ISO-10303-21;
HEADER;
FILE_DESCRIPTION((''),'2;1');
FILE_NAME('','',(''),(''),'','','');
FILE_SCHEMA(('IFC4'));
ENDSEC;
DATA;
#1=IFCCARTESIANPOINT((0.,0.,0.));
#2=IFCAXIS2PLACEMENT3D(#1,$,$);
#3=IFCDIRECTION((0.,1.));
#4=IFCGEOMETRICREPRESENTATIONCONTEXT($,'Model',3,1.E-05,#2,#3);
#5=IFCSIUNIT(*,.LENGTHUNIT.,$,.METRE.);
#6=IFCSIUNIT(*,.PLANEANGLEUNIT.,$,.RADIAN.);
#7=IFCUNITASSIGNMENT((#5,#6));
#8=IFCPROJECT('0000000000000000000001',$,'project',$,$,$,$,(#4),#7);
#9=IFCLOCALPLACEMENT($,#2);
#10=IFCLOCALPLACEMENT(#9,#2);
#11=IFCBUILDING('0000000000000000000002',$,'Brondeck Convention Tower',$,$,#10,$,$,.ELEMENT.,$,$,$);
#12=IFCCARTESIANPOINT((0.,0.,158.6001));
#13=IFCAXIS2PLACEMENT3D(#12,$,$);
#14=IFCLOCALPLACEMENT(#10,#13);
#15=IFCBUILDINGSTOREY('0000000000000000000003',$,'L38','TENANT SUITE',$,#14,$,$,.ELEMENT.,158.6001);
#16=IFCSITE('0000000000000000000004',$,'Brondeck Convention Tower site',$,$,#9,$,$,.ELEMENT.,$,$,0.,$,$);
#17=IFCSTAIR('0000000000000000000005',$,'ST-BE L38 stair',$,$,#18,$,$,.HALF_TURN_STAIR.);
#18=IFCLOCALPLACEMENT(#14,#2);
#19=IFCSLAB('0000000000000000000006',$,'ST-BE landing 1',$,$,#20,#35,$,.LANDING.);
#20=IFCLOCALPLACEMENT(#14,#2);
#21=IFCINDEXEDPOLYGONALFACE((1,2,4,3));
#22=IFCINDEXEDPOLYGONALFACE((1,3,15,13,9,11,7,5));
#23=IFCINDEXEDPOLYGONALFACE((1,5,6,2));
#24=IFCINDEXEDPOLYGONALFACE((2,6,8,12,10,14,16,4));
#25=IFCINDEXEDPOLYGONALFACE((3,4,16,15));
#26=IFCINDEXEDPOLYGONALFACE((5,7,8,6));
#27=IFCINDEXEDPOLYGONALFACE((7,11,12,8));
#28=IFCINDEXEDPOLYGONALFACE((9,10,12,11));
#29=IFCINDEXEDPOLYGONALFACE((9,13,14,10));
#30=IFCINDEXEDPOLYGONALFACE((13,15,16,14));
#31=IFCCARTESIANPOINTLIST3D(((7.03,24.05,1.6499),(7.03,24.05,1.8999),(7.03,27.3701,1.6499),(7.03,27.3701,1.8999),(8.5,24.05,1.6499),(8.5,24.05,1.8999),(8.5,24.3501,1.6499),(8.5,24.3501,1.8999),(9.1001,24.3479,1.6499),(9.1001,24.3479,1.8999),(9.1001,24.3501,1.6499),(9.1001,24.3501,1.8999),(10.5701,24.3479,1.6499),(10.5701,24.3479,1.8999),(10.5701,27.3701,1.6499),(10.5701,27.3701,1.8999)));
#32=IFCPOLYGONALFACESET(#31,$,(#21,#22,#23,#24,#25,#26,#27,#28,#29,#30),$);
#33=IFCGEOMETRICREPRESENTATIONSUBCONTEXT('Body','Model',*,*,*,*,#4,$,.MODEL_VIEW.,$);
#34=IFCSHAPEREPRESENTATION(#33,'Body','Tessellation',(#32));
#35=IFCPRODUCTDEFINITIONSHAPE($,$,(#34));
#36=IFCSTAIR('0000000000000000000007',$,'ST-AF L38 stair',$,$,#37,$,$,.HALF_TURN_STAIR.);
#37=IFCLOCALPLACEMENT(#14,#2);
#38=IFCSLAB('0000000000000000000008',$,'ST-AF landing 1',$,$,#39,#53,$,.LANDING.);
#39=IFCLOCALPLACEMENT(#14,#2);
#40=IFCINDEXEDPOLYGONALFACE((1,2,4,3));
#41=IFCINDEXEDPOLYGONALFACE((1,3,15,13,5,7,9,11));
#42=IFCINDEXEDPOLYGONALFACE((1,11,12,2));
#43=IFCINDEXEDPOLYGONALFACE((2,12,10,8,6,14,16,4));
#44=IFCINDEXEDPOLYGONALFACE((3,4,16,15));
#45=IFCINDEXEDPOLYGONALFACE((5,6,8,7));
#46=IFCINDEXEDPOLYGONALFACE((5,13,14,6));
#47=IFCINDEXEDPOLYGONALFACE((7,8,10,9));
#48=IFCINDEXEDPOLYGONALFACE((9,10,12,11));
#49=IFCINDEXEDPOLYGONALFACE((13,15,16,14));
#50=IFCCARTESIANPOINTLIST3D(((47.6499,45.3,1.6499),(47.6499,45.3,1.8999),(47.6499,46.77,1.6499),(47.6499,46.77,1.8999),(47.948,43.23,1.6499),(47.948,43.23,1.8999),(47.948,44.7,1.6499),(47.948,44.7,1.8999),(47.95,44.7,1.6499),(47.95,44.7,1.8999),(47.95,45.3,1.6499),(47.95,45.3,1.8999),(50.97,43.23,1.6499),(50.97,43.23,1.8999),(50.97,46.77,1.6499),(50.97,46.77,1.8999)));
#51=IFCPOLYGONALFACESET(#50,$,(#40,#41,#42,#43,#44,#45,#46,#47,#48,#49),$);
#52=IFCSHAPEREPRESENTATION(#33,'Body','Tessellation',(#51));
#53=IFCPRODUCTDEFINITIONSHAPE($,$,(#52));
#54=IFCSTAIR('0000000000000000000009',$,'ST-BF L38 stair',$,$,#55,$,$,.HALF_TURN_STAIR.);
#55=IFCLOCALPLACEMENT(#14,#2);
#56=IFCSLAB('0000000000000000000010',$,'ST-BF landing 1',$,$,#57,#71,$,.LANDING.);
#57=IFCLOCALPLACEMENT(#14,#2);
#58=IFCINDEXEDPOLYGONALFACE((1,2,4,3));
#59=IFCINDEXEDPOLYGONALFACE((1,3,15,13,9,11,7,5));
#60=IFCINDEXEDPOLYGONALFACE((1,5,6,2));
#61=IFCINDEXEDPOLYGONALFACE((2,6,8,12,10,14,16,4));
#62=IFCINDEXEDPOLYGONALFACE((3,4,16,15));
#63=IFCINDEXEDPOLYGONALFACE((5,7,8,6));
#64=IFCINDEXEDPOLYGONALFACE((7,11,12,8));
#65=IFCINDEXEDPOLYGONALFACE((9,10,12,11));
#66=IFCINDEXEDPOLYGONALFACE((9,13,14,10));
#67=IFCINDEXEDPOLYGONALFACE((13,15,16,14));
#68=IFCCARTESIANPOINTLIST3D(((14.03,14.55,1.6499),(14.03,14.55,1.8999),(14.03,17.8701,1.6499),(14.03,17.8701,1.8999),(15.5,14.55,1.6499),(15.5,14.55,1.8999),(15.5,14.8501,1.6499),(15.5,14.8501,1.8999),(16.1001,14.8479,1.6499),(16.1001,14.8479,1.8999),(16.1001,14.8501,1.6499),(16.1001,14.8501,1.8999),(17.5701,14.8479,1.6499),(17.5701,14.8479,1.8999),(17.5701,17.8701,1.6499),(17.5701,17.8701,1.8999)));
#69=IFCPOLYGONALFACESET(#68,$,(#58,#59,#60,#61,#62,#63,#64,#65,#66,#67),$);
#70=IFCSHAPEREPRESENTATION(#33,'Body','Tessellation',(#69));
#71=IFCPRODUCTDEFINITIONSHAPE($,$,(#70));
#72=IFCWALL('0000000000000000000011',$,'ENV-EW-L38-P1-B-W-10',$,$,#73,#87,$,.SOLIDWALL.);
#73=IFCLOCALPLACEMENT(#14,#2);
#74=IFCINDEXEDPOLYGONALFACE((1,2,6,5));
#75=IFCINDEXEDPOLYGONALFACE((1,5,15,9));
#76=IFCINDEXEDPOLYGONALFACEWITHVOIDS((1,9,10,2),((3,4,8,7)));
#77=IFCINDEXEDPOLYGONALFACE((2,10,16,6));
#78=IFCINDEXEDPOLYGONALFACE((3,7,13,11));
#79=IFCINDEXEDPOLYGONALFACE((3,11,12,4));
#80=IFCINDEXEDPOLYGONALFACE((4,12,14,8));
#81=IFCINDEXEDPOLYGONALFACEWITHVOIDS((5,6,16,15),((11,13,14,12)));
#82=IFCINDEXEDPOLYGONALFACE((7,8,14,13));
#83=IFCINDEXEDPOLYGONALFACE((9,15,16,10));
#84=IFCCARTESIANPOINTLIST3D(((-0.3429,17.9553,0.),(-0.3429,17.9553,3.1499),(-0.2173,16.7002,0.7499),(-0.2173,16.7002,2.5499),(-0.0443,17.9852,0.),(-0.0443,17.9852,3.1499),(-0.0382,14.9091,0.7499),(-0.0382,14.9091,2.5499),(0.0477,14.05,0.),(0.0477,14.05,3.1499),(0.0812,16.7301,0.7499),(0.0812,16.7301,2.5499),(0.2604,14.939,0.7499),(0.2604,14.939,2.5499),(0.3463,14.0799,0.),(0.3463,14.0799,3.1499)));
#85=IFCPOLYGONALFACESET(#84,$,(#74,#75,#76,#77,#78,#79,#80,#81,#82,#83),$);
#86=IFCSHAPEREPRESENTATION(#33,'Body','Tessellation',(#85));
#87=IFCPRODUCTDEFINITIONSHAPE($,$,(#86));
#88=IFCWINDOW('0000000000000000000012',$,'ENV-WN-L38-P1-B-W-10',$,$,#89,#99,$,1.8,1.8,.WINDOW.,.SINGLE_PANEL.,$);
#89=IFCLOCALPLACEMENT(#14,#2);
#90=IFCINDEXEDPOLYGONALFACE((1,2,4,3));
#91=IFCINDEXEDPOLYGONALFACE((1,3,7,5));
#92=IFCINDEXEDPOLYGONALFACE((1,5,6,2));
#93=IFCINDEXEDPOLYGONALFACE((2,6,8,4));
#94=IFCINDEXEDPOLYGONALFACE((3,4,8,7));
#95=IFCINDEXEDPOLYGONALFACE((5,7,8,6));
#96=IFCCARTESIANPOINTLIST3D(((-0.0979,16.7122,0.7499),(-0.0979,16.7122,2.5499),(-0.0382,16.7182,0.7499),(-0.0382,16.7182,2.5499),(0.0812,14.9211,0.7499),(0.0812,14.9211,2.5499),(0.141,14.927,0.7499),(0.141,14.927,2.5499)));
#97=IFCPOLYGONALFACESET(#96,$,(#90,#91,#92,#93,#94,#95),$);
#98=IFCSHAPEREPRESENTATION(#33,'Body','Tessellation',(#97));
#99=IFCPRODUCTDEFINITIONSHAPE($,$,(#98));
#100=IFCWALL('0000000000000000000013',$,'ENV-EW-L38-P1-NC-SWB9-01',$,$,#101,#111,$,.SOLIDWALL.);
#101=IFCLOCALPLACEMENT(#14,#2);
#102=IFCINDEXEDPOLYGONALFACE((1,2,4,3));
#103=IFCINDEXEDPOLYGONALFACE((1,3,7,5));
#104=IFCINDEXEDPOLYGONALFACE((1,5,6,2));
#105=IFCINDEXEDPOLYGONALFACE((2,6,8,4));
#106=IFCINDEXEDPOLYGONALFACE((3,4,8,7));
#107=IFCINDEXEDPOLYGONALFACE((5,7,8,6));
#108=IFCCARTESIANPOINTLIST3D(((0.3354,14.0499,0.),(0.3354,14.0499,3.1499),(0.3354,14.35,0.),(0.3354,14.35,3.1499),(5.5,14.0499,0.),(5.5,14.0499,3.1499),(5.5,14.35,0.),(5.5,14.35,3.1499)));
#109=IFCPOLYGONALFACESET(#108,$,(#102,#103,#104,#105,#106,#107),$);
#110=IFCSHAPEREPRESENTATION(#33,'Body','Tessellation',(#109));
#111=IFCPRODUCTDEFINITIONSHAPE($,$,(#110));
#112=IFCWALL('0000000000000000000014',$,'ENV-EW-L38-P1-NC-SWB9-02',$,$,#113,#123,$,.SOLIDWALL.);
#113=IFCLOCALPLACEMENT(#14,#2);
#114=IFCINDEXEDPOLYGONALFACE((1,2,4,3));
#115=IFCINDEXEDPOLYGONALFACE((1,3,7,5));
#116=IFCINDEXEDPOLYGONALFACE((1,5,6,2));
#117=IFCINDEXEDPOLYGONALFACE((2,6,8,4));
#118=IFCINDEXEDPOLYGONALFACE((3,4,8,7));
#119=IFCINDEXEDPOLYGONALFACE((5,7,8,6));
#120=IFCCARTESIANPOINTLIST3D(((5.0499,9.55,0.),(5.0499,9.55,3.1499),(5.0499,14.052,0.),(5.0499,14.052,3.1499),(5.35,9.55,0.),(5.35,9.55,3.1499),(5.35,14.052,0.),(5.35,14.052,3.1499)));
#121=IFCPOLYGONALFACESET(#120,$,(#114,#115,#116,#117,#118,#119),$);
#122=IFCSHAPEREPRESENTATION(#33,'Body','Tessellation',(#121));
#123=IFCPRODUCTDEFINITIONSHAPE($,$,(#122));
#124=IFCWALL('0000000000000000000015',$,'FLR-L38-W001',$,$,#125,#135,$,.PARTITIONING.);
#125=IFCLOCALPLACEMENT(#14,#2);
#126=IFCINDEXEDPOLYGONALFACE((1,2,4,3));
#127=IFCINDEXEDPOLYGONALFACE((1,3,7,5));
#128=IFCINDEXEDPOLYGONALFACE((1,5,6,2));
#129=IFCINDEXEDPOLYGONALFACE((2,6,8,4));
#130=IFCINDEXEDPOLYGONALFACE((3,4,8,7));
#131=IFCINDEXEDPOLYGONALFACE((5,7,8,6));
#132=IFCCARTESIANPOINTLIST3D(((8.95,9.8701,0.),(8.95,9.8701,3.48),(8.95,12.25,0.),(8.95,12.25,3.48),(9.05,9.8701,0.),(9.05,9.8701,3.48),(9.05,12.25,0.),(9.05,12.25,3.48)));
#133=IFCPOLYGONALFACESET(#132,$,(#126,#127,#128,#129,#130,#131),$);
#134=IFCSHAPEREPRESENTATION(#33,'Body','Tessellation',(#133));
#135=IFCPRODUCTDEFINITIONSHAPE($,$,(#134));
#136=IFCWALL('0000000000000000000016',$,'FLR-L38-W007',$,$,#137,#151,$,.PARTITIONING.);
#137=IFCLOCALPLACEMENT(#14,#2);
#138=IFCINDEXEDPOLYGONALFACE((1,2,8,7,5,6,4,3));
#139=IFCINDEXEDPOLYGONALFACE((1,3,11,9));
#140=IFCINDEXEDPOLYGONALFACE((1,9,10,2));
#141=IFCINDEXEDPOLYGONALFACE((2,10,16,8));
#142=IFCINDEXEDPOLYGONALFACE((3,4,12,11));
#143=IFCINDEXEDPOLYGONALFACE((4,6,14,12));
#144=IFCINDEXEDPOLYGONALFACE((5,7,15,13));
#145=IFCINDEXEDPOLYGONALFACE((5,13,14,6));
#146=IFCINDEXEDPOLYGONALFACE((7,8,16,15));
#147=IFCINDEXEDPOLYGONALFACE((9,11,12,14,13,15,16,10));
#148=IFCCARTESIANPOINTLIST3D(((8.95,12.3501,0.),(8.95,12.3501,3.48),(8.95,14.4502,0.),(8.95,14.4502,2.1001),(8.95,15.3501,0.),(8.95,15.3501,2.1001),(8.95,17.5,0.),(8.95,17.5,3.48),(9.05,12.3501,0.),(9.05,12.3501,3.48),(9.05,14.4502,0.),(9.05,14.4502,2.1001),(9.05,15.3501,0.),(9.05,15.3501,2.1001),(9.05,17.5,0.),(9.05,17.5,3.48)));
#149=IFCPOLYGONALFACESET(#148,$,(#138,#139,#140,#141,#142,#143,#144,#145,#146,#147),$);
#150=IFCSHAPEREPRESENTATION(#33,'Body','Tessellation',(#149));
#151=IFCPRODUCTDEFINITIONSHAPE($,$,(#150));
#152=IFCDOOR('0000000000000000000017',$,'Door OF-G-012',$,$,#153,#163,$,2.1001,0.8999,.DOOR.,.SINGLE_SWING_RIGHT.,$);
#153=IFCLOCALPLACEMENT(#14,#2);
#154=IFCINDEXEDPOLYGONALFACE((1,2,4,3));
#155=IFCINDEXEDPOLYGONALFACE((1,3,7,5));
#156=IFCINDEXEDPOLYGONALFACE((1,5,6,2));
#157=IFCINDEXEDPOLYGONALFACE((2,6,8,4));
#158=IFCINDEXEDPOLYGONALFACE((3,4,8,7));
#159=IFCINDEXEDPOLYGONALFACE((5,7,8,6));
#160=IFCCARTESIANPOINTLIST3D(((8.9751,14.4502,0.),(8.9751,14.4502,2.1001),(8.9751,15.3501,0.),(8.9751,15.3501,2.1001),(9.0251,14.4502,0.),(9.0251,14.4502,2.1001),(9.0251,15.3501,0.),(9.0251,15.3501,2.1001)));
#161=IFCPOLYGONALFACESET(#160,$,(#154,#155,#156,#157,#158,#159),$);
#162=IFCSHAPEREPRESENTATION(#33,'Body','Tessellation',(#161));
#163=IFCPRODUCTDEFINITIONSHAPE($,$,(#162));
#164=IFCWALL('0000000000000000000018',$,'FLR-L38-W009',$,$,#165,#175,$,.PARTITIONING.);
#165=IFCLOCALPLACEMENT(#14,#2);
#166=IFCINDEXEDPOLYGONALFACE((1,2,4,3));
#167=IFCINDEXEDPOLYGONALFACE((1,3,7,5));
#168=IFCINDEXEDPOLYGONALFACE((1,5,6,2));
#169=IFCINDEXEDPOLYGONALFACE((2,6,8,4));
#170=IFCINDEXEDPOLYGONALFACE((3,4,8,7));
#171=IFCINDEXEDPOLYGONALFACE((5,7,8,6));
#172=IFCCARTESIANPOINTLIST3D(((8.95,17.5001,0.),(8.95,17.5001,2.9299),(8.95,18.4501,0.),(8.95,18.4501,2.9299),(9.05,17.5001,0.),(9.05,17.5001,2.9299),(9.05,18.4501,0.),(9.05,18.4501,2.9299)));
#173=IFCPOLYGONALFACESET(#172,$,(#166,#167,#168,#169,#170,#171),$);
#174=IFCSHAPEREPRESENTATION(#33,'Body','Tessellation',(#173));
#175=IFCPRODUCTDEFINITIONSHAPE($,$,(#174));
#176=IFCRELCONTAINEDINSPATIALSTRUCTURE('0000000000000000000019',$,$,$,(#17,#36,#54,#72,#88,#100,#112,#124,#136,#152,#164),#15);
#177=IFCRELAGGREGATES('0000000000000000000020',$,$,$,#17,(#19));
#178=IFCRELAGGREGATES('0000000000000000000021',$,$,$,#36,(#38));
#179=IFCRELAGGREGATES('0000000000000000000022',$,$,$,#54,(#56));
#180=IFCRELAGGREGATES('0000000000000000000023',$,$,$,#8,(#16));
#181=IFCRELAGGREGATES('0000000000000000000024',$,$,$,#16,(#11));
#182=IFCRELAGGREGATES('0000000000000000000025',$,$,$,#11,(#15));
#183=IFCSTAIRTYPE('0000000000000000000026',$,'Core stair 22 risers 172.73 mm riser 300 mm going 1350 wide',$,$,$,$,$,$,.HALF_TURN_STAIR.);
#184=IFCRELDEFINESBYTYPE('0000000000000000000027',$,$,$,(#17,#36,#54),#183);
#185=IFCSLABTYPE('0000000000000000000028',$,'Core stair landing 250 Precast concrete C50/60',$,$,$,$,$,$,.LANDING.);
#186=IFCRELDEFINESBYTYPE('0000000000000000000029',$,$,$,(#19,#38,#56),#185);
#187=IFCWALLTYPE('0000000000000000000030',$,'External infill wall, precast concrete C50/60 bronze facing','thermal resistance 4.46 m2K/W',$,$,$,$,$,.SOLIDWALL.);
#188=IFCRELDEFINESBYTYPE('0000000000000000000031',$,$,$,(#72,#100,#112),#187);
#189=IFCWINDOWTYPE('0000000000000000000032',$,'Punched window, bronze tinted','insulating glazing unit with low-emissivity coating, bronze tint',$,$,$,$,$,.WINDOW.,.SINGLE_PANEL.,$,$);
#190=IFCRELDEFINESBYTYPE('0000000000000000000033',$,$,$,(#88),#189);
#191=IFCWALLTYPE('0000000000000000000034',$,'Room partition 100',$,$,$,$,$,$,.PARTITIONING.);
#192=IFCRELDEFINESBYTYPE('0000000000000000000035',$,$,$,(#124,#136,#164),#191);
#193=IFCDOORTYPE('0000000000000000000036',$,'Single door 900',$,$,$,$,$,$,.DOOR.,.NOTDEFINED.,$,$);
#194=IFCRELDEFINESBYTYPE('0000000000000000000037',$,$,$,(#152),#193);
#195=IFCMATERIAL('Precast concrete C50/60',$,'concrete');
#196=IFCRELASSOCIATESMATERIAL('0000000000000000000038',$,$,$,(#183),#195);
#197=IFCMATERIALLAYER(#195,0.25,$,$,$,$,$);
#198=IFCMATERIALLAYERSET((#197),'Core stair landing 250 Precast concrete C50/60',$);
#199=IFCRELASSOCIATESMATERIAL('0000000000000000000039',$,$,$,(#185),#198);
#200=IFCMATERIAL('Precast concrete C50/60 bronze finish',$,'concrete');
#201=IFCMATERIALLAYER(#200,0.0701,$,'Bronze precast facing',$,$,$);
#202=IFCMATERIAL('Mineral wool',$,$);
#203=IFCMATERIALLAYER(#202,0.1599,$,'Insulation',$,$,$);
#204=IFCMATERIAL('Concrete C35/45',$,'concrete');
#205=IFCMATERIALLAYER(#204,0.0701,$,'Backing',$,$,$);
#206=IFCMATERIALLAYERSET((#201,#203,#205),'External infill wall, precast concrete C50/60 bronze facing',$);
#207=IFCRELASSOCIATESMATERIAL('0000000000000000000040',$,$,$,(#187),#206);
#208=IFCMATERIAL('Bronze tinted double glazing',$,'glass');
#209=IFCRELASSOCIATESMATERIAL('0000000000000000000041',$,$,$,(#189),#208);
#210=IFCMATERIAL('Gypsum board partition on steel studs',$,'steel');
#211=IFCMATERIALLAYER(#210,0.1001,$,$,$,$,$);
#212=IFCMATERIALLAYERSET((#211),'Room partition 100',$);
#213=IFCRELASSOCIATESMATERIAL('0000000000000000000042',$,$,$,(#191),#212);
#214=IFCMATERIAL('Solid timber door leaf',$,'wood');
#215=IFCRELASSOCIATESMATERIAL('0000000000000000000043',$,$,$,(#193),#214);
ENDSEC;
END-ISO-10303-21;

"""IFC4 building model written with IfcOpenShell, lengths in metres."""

from ifc_helpers import new_model, si_unit, direction, frame, frame_2d, origin, place, context, subcontext, project, spatial, polyline, rectangle, outline, extrude, material, layer, layer_set, type_object, element, fill, aggregate, save


model = new_model("IFC4")

# Units and contexts
model_context = context("Model", 3, precision=1e-05, world=origin(), true_north=direction((0.0, 1.0)))
body_context = subcontext(model_context, "Body", "Model", "MODEL_VIEW")
ifc_project = project(units=[si_unit("LENGTHUNIT", "METRE"), si_unit("PLANEANGLEUNIT", "RADIAN")], contexts=[model_context])

# Site, building, storey
site_placement = place(None, origin())
site = spatial("IfcSite", under=ifc_project, at=site_placement, Name="Brondeck Convention Tower site", CompositionType="ELEMENT", RefElevation=0.0)
building_placement = place(site_placement, origin())
building = spatial("IfcBuilding", under=site, at=building_placement, Name="Brondeck Convention Tower", CompositionType="ELEMENT")
storey_placement = place(building_placement, frame((0.0, 0.0, 158.6001)))
storey = spatial("IfcBuildingStorey", under=building, at=storey_placement, Name="L38", Description="TENANT SUITE", CompositionType="ELEMENT", Elevation=158.6001)

# Shared definitions
ifc_material_1 = material(Name="Concrete C35/45", Category="concrete")

# Stairs, slabs
ifc_material_2 = material(Name="Precast concrete C50/60", Category="concrete")
stair_type = type_object("IfcStairType", Name="Core stair 22 risers 172.73 mm riser 300 mm going 1350 wide", PredefinedType="HALF_TURN_STAIR", material=ifc_material_2)
ifc_layer_1 = layer(ifc_material_2, 0.25)
ifc_layer_set_1 = layer_set([ifc_layer_1], Name="Core stair landing 250 Precast concrete C50/60")
slab_type_1 = type_object("IfcSlabType", Name="Core stair landing 250 Precast concrete C50/60", PredefinedType="LANDING", material=ifc_layer_set_1)
stair_1_placement = place(storey_placement, origin())
stair_1 = element("IfcStair", 1, at=stair_1_placement, inside=storey, type_object=stair_type, Name="ST-BE L38 stair", PredefinedType="HALF_TURN_STAIR")
slab_1_placement = place(storey_placement, frame((0.0, 0.0, 1.6499)))
slab_1 = element("IfcSlab", 2, at=slab_1_placement, type_object=slab_type_1, Name="ST-BE landing 1", PredefinedType="LANDING", context=body_context, shape_type="SweptSolid", body=[
    extrude(outline(polyline([(7.03, 24.05), (7.03, 27.3701), (10.5701, 27.3701), (10.5701, 24.3479), (9.1001, 24.3479), (9.1001, 24.3501), (8.5, 24.3501), (8.5, 24.05), (7.03, 24.05)])), origin(), (0.0, 0.0, 1.0), 0.25),
])
aggregate(stair_1, [slab_1])
stair_2_placement = place(storey_placement, origin())
stair_2 = element("IfcStair", 3, at=stair_2_placement, inside=storey, type_object=stair_type, Name="ST-AF L38 stair", PredefinedType="HALF_TURN_STAIR")
slab_2_placement = place(storey_placement, frame((0.0, 0.0, 1.6499)))
slab_2 = element("IfcSlab", 4, at=slab_2_placement, type_object=slab_type_1, Name="ST-AF landing 1", PredefinedType="LANDING", context=body_context, shape_type="SweptSolid", body=[
    extrude(outline(polyline([(47.948, 44.7), (47.95, 44.7), (47.95, 45.3), (47.6499, 45.3), (47.6499, 46.77), (50.97, 46.77), (50.97, 43.23), (47.948, 43.23), (47.948, 44.7)])), origin(), (0.0, 0.0, 1.0), 0.25),
])
aggregate(stair_2, [slab_2])
stair_3_placement = place(storey_placement, origin())
stair_3 = element("IfcStair", 5, at=stair_3_placement, inside=storey, type_object=stair_type, Name="ST-BF L38 stair", PredefinedType="HALF_TURN_STAIR")
slab_3_placement = place(storey_placement, frame((0.0, 0.0, 1.6499)))
slab_3 = element("IfcSlab", 6, at=slab_3_placement, type_object=slab_type_1, Name="ST-BF landing 1", PredefinedType="LANDING", context=body_context, shape_type="SweptSolid", body=[
    extrude(outline(polyline([(14.03, 14.55), (14.03, 17.8701), (17.5701, 17.8701), (17.5701, 14.8479), (16.1001, 14.8479), (16.1001, 14.8501), (15.5, 14.8501), (15.5, 14.55), (14.03, 14.55)])), origin(), (0.0, 0.0, 1.0), 0.25),
])
aggregate(stair_3, [slab_3])

# Wall, opening, window
ifc_material_3 = material(Name="Precast concrete C50/60 bronze finish", Category="concrete")
ifc_layer_2 = layer(ifc_material_3, 0.0701, Name="Bronze precast facing")
ifc_material_4 = material(Name="Mineral wool")
ifc_layer_3 = layer(ifc_material_4, 0.1599, Name="Insulation")
ifc_layer_4 = layer(ifc_material_1, 0.0701, Name="Backing")
ifc_layer_set_2 = layer_set([ifc_layer_2, ifc_layer_3, ifc_layer_4], Name="External infill wall, precast concrete C50/60 bronze facing")
wall_type_1 = type_object("IfcWallType", Name="External infill wall, precast concrete C50/60 bronze facing", Description="thermal resistance 4.46 m2K/W", PredefinedType="SOLIDWALL", material=ifc_layer_set_2)
wall_1_placement = place(storey_placement, frame((0.197, 14.0649, 0.0), z_axis=(0.0, 0.0, 1.0), x_axis=(-0.099528, 0.995035, 0.0)))
wall_1 = element("IfcWall", 7, at=wall_1_placement, inside=storey, type_object=wall_type_1, Name="ENV-EW-L38-P1-B-W-10", PredefinedType="SOLIDWALL", context=body_context, shape_type="SweptSolid", body=[
    extrude(rectangle(XDim=3.9248, YDim=0.3, at=frame_2d((1.9624, 0.0))), origin(), (0.0, 0.0, 1.0), 3.1499),
])
opening_1_placement = place(wall_1_placement, frame((0.8635, 0.0, 0.75)))
opening_1 = element("IfcOpeningElement", 8, at=opening_1_placement, cuts=wall_1, PredefinedType="OPENING", context=body_context, shape_type="SweptSolid", body=[
    extrude(rectangle(XDim=1.8, YDim=1.8, at=frame_2d((0.8999, 0.8999))), frame((0.0, 0.1599, 0.0), z_axis=(0.0, -1.0, 0.0), x_axis=(1.0, 0.0, 0.0)), (0.0, 0.0, 1.0), 0.3201),
])
ifc_material_5 = material(Name="Bronze tinted double glazing", Category="glass")
window_type = type_object("IfcWindowType", Name="Punched window, bronze tinted", Description="insulating glazing unit with low-emissivity coating, bronze tint", PartitioningType="SINGLE_PANEL", PredefinedType="WINDOW", material=ifc_material_5)
window_placement = place(opening_1_placement, origin())
window = element("IfcWindow", 9, at=window_placement, inside=storey, type_object=window_type, Name="ENV-WN-L38-P1-B-W-10", OverallHeight=1.8, OverallWidth=1.8, PartitioningType="SINGLE_PANEL", PredefinedType="WINDOW", context=body_context, shape_type="SweptSolid", body=[
    extrude(rectangle(XDim=1.8, YDim=1.8, at=frame_2d((0.8999, 0.8999))), frame((0.0, 0.03, 0.0), z_axis=(0.0, -1.0, 0.0), x_axis=(1.0, 0.0, 0.0)), (0.0, 0.0, 1.0), 0.0601),
])
fill(opening_1, window)

# Walls
wall_2_placement = place(storey_placement, frame((5.5, 14.2, 0.0), z_axis=(0.0, 0.0, 1.0), x_axis=(-1.0, 0.0, 0.0)))
element("IfcWall", 10, at=wall_2_placement, inside=storey, type_object=wall_type_1, Name="ENV-EW-L38-P1-NC-SWB9-01", PredefinedType="SOLIDWALL", context=body_context, shape_type="SweptSolid", body=[
    extrude(rectangle(XDim=5.1646, YDim=0.3, at=frame_2d((2.5823, 0.0))), origin(), (0.0, 0.0, 1.0), 3.1499),
])
wall_3_placement = place(storey_placement, frame((5.2, 9.55, 0.0), z_axis=(0.0, 0.0, 1.0), x_axis=(0.0, 1.0, 0.0)))
element("IfcWall", 11, at=wall_3_placement, inside=storey, type_object=wall_type_1, Name="ENV-EW-L38-P1-NC-SWB9-02", PredefinedType="SOLIDWALL", context=body_context, shape_type="SweptSolid", body=[
    extrude(rectangle(XDim=4.502, YDim=0.3, at=frame_2d((2.251, 0.0))), origin(), (0.0, 0.0, 1.0), 3.1499),
])
ifc_material_6 = material(Name="Gypsum board partition on steel studs", Category="steel")
ifc_layer_5 = layer(ifc_material_6, 0.1001)
ifc_layer_set_3 = layer_set([ifc_layer_5], Name="Room partition 100")
wall_type_2 = type_object("IfcWallType", Name="Room partition 100", PredefinedType="PARTITIONING", material=ifc_layer_set_3)
wall_4_placement = place(storey_placement, frame((9.0, 9.8701, 0.0), z_axis=(0.0, 0.0, 1.0), x_axis=(0.0, 1.0, 0.0)))
element("IfcWall", 12, at=wall_4_placement, inside=storey, type_object=wall_type_2, Name="FLR-L38-W001", PredefinedType="PARTITIONING", context=body_context, shape_type="SweptSolid", body=[
    extrude(rectangle(XDim=2.3799, YDim=0.1001, at=frame_2d((1.1899, 0.0))), origin(), (0.0, 0.0, 1.0), 3.48),
])

# Wall, opening, door
wall_5_placement = place(storey_placement, frame((9.0, 12.3501, 0.0), z_axis=(0.0, 0.0, 1.0), x_axis=(0.0, 1.0, 0.0)))
wall_5 = element("IfcWall", 13, at=wall_5_placement, inside=storey, type_object=wall_type_2, Name="FLR-L38-W007", PredefinedType="PARTITIONING", context=body_context, shape_type="SweptSolid", body=[
    extrude(rectangle(XDim=5.1499, YDim=0.1001, at=frame_2d((2.575, 0.0))), origin(), (0.0, 0.0, 1.0), 3.48),
])
opening_2_placement = place(wall_5_placement, frame((2.1001, 0.0, 0.0)))
opening_2 = element("IfcOpeningElement", 14, at=opening_2_placement, cuts=wall_5, PredefinedType="OPENING", context=body_context, shape_type="SweptSolid", body=[
    extrude(rectangle(XDim=0.8999, YDim=2.1001, at=frame_2d((0.45, 1.05))), frame((0.0, 0.0601, 0.0), z_axis=(0.0, -1.0, 0.0), x_axis=(1.0, 0.0, 0.0)), (0.0, 0.0, 1.0), 0.1201),
])
ifc_material_7 = material(Name="Solid timber door leaf", Category="wood")
door_type = type_object("IfcDoorType", Name="Single door 900", OperationType="NOTDEFINED", PredefinedType="DOOR", material=ifc_material_7)
door_placement = place(opening_2_placement, origin())
door = element("IfcDoor", 15, at=door_placement, inside=storey, type_object=door_type, Name="Door OF-G-012", OperationType="SINGLE_SWING_RIGHT", OverallHeight=2.1001, OverallWidth=0.8999, PredefinedType="DOOR", context=body_context, shape_type="SweptSolid", body=[
    extrude(rectangle(XDim=0.8999, YDim=2.1001, at=frame_2d((0.45, 1.05))), frame((0.0, 0.0249, 0.0), z_axis=(0.0, -1.0, 0.0), x_axis=(1.0, 0.0, 0.0)), (0.0, 0.0, 1.0), 0.05),
])
fill(opening_2, door)

# Wall
wall_6_placement = place(storey_placement, frame((9.0, 17.5, 0.0), z_axis=(0.0, 0.0, 1.0), x_axis=(0.0, 1.0, 0.0)))
element("IfcWall", 16, at=wall_6_placement, inside=storey, type_object=wall_type_2, Name="FLR-L38-W009", PredefinedType="PARTITIONING", context=body_context, shape_type="SweptSolid", body=[
    extrude(rectangle(XDim=0.95, YDim=0.1001, at=frame_2d((0.4751, 0.0))), origin(), (0.0, 0.0, 1.0), 2.9299),
])

save(model, "model.ifc")
